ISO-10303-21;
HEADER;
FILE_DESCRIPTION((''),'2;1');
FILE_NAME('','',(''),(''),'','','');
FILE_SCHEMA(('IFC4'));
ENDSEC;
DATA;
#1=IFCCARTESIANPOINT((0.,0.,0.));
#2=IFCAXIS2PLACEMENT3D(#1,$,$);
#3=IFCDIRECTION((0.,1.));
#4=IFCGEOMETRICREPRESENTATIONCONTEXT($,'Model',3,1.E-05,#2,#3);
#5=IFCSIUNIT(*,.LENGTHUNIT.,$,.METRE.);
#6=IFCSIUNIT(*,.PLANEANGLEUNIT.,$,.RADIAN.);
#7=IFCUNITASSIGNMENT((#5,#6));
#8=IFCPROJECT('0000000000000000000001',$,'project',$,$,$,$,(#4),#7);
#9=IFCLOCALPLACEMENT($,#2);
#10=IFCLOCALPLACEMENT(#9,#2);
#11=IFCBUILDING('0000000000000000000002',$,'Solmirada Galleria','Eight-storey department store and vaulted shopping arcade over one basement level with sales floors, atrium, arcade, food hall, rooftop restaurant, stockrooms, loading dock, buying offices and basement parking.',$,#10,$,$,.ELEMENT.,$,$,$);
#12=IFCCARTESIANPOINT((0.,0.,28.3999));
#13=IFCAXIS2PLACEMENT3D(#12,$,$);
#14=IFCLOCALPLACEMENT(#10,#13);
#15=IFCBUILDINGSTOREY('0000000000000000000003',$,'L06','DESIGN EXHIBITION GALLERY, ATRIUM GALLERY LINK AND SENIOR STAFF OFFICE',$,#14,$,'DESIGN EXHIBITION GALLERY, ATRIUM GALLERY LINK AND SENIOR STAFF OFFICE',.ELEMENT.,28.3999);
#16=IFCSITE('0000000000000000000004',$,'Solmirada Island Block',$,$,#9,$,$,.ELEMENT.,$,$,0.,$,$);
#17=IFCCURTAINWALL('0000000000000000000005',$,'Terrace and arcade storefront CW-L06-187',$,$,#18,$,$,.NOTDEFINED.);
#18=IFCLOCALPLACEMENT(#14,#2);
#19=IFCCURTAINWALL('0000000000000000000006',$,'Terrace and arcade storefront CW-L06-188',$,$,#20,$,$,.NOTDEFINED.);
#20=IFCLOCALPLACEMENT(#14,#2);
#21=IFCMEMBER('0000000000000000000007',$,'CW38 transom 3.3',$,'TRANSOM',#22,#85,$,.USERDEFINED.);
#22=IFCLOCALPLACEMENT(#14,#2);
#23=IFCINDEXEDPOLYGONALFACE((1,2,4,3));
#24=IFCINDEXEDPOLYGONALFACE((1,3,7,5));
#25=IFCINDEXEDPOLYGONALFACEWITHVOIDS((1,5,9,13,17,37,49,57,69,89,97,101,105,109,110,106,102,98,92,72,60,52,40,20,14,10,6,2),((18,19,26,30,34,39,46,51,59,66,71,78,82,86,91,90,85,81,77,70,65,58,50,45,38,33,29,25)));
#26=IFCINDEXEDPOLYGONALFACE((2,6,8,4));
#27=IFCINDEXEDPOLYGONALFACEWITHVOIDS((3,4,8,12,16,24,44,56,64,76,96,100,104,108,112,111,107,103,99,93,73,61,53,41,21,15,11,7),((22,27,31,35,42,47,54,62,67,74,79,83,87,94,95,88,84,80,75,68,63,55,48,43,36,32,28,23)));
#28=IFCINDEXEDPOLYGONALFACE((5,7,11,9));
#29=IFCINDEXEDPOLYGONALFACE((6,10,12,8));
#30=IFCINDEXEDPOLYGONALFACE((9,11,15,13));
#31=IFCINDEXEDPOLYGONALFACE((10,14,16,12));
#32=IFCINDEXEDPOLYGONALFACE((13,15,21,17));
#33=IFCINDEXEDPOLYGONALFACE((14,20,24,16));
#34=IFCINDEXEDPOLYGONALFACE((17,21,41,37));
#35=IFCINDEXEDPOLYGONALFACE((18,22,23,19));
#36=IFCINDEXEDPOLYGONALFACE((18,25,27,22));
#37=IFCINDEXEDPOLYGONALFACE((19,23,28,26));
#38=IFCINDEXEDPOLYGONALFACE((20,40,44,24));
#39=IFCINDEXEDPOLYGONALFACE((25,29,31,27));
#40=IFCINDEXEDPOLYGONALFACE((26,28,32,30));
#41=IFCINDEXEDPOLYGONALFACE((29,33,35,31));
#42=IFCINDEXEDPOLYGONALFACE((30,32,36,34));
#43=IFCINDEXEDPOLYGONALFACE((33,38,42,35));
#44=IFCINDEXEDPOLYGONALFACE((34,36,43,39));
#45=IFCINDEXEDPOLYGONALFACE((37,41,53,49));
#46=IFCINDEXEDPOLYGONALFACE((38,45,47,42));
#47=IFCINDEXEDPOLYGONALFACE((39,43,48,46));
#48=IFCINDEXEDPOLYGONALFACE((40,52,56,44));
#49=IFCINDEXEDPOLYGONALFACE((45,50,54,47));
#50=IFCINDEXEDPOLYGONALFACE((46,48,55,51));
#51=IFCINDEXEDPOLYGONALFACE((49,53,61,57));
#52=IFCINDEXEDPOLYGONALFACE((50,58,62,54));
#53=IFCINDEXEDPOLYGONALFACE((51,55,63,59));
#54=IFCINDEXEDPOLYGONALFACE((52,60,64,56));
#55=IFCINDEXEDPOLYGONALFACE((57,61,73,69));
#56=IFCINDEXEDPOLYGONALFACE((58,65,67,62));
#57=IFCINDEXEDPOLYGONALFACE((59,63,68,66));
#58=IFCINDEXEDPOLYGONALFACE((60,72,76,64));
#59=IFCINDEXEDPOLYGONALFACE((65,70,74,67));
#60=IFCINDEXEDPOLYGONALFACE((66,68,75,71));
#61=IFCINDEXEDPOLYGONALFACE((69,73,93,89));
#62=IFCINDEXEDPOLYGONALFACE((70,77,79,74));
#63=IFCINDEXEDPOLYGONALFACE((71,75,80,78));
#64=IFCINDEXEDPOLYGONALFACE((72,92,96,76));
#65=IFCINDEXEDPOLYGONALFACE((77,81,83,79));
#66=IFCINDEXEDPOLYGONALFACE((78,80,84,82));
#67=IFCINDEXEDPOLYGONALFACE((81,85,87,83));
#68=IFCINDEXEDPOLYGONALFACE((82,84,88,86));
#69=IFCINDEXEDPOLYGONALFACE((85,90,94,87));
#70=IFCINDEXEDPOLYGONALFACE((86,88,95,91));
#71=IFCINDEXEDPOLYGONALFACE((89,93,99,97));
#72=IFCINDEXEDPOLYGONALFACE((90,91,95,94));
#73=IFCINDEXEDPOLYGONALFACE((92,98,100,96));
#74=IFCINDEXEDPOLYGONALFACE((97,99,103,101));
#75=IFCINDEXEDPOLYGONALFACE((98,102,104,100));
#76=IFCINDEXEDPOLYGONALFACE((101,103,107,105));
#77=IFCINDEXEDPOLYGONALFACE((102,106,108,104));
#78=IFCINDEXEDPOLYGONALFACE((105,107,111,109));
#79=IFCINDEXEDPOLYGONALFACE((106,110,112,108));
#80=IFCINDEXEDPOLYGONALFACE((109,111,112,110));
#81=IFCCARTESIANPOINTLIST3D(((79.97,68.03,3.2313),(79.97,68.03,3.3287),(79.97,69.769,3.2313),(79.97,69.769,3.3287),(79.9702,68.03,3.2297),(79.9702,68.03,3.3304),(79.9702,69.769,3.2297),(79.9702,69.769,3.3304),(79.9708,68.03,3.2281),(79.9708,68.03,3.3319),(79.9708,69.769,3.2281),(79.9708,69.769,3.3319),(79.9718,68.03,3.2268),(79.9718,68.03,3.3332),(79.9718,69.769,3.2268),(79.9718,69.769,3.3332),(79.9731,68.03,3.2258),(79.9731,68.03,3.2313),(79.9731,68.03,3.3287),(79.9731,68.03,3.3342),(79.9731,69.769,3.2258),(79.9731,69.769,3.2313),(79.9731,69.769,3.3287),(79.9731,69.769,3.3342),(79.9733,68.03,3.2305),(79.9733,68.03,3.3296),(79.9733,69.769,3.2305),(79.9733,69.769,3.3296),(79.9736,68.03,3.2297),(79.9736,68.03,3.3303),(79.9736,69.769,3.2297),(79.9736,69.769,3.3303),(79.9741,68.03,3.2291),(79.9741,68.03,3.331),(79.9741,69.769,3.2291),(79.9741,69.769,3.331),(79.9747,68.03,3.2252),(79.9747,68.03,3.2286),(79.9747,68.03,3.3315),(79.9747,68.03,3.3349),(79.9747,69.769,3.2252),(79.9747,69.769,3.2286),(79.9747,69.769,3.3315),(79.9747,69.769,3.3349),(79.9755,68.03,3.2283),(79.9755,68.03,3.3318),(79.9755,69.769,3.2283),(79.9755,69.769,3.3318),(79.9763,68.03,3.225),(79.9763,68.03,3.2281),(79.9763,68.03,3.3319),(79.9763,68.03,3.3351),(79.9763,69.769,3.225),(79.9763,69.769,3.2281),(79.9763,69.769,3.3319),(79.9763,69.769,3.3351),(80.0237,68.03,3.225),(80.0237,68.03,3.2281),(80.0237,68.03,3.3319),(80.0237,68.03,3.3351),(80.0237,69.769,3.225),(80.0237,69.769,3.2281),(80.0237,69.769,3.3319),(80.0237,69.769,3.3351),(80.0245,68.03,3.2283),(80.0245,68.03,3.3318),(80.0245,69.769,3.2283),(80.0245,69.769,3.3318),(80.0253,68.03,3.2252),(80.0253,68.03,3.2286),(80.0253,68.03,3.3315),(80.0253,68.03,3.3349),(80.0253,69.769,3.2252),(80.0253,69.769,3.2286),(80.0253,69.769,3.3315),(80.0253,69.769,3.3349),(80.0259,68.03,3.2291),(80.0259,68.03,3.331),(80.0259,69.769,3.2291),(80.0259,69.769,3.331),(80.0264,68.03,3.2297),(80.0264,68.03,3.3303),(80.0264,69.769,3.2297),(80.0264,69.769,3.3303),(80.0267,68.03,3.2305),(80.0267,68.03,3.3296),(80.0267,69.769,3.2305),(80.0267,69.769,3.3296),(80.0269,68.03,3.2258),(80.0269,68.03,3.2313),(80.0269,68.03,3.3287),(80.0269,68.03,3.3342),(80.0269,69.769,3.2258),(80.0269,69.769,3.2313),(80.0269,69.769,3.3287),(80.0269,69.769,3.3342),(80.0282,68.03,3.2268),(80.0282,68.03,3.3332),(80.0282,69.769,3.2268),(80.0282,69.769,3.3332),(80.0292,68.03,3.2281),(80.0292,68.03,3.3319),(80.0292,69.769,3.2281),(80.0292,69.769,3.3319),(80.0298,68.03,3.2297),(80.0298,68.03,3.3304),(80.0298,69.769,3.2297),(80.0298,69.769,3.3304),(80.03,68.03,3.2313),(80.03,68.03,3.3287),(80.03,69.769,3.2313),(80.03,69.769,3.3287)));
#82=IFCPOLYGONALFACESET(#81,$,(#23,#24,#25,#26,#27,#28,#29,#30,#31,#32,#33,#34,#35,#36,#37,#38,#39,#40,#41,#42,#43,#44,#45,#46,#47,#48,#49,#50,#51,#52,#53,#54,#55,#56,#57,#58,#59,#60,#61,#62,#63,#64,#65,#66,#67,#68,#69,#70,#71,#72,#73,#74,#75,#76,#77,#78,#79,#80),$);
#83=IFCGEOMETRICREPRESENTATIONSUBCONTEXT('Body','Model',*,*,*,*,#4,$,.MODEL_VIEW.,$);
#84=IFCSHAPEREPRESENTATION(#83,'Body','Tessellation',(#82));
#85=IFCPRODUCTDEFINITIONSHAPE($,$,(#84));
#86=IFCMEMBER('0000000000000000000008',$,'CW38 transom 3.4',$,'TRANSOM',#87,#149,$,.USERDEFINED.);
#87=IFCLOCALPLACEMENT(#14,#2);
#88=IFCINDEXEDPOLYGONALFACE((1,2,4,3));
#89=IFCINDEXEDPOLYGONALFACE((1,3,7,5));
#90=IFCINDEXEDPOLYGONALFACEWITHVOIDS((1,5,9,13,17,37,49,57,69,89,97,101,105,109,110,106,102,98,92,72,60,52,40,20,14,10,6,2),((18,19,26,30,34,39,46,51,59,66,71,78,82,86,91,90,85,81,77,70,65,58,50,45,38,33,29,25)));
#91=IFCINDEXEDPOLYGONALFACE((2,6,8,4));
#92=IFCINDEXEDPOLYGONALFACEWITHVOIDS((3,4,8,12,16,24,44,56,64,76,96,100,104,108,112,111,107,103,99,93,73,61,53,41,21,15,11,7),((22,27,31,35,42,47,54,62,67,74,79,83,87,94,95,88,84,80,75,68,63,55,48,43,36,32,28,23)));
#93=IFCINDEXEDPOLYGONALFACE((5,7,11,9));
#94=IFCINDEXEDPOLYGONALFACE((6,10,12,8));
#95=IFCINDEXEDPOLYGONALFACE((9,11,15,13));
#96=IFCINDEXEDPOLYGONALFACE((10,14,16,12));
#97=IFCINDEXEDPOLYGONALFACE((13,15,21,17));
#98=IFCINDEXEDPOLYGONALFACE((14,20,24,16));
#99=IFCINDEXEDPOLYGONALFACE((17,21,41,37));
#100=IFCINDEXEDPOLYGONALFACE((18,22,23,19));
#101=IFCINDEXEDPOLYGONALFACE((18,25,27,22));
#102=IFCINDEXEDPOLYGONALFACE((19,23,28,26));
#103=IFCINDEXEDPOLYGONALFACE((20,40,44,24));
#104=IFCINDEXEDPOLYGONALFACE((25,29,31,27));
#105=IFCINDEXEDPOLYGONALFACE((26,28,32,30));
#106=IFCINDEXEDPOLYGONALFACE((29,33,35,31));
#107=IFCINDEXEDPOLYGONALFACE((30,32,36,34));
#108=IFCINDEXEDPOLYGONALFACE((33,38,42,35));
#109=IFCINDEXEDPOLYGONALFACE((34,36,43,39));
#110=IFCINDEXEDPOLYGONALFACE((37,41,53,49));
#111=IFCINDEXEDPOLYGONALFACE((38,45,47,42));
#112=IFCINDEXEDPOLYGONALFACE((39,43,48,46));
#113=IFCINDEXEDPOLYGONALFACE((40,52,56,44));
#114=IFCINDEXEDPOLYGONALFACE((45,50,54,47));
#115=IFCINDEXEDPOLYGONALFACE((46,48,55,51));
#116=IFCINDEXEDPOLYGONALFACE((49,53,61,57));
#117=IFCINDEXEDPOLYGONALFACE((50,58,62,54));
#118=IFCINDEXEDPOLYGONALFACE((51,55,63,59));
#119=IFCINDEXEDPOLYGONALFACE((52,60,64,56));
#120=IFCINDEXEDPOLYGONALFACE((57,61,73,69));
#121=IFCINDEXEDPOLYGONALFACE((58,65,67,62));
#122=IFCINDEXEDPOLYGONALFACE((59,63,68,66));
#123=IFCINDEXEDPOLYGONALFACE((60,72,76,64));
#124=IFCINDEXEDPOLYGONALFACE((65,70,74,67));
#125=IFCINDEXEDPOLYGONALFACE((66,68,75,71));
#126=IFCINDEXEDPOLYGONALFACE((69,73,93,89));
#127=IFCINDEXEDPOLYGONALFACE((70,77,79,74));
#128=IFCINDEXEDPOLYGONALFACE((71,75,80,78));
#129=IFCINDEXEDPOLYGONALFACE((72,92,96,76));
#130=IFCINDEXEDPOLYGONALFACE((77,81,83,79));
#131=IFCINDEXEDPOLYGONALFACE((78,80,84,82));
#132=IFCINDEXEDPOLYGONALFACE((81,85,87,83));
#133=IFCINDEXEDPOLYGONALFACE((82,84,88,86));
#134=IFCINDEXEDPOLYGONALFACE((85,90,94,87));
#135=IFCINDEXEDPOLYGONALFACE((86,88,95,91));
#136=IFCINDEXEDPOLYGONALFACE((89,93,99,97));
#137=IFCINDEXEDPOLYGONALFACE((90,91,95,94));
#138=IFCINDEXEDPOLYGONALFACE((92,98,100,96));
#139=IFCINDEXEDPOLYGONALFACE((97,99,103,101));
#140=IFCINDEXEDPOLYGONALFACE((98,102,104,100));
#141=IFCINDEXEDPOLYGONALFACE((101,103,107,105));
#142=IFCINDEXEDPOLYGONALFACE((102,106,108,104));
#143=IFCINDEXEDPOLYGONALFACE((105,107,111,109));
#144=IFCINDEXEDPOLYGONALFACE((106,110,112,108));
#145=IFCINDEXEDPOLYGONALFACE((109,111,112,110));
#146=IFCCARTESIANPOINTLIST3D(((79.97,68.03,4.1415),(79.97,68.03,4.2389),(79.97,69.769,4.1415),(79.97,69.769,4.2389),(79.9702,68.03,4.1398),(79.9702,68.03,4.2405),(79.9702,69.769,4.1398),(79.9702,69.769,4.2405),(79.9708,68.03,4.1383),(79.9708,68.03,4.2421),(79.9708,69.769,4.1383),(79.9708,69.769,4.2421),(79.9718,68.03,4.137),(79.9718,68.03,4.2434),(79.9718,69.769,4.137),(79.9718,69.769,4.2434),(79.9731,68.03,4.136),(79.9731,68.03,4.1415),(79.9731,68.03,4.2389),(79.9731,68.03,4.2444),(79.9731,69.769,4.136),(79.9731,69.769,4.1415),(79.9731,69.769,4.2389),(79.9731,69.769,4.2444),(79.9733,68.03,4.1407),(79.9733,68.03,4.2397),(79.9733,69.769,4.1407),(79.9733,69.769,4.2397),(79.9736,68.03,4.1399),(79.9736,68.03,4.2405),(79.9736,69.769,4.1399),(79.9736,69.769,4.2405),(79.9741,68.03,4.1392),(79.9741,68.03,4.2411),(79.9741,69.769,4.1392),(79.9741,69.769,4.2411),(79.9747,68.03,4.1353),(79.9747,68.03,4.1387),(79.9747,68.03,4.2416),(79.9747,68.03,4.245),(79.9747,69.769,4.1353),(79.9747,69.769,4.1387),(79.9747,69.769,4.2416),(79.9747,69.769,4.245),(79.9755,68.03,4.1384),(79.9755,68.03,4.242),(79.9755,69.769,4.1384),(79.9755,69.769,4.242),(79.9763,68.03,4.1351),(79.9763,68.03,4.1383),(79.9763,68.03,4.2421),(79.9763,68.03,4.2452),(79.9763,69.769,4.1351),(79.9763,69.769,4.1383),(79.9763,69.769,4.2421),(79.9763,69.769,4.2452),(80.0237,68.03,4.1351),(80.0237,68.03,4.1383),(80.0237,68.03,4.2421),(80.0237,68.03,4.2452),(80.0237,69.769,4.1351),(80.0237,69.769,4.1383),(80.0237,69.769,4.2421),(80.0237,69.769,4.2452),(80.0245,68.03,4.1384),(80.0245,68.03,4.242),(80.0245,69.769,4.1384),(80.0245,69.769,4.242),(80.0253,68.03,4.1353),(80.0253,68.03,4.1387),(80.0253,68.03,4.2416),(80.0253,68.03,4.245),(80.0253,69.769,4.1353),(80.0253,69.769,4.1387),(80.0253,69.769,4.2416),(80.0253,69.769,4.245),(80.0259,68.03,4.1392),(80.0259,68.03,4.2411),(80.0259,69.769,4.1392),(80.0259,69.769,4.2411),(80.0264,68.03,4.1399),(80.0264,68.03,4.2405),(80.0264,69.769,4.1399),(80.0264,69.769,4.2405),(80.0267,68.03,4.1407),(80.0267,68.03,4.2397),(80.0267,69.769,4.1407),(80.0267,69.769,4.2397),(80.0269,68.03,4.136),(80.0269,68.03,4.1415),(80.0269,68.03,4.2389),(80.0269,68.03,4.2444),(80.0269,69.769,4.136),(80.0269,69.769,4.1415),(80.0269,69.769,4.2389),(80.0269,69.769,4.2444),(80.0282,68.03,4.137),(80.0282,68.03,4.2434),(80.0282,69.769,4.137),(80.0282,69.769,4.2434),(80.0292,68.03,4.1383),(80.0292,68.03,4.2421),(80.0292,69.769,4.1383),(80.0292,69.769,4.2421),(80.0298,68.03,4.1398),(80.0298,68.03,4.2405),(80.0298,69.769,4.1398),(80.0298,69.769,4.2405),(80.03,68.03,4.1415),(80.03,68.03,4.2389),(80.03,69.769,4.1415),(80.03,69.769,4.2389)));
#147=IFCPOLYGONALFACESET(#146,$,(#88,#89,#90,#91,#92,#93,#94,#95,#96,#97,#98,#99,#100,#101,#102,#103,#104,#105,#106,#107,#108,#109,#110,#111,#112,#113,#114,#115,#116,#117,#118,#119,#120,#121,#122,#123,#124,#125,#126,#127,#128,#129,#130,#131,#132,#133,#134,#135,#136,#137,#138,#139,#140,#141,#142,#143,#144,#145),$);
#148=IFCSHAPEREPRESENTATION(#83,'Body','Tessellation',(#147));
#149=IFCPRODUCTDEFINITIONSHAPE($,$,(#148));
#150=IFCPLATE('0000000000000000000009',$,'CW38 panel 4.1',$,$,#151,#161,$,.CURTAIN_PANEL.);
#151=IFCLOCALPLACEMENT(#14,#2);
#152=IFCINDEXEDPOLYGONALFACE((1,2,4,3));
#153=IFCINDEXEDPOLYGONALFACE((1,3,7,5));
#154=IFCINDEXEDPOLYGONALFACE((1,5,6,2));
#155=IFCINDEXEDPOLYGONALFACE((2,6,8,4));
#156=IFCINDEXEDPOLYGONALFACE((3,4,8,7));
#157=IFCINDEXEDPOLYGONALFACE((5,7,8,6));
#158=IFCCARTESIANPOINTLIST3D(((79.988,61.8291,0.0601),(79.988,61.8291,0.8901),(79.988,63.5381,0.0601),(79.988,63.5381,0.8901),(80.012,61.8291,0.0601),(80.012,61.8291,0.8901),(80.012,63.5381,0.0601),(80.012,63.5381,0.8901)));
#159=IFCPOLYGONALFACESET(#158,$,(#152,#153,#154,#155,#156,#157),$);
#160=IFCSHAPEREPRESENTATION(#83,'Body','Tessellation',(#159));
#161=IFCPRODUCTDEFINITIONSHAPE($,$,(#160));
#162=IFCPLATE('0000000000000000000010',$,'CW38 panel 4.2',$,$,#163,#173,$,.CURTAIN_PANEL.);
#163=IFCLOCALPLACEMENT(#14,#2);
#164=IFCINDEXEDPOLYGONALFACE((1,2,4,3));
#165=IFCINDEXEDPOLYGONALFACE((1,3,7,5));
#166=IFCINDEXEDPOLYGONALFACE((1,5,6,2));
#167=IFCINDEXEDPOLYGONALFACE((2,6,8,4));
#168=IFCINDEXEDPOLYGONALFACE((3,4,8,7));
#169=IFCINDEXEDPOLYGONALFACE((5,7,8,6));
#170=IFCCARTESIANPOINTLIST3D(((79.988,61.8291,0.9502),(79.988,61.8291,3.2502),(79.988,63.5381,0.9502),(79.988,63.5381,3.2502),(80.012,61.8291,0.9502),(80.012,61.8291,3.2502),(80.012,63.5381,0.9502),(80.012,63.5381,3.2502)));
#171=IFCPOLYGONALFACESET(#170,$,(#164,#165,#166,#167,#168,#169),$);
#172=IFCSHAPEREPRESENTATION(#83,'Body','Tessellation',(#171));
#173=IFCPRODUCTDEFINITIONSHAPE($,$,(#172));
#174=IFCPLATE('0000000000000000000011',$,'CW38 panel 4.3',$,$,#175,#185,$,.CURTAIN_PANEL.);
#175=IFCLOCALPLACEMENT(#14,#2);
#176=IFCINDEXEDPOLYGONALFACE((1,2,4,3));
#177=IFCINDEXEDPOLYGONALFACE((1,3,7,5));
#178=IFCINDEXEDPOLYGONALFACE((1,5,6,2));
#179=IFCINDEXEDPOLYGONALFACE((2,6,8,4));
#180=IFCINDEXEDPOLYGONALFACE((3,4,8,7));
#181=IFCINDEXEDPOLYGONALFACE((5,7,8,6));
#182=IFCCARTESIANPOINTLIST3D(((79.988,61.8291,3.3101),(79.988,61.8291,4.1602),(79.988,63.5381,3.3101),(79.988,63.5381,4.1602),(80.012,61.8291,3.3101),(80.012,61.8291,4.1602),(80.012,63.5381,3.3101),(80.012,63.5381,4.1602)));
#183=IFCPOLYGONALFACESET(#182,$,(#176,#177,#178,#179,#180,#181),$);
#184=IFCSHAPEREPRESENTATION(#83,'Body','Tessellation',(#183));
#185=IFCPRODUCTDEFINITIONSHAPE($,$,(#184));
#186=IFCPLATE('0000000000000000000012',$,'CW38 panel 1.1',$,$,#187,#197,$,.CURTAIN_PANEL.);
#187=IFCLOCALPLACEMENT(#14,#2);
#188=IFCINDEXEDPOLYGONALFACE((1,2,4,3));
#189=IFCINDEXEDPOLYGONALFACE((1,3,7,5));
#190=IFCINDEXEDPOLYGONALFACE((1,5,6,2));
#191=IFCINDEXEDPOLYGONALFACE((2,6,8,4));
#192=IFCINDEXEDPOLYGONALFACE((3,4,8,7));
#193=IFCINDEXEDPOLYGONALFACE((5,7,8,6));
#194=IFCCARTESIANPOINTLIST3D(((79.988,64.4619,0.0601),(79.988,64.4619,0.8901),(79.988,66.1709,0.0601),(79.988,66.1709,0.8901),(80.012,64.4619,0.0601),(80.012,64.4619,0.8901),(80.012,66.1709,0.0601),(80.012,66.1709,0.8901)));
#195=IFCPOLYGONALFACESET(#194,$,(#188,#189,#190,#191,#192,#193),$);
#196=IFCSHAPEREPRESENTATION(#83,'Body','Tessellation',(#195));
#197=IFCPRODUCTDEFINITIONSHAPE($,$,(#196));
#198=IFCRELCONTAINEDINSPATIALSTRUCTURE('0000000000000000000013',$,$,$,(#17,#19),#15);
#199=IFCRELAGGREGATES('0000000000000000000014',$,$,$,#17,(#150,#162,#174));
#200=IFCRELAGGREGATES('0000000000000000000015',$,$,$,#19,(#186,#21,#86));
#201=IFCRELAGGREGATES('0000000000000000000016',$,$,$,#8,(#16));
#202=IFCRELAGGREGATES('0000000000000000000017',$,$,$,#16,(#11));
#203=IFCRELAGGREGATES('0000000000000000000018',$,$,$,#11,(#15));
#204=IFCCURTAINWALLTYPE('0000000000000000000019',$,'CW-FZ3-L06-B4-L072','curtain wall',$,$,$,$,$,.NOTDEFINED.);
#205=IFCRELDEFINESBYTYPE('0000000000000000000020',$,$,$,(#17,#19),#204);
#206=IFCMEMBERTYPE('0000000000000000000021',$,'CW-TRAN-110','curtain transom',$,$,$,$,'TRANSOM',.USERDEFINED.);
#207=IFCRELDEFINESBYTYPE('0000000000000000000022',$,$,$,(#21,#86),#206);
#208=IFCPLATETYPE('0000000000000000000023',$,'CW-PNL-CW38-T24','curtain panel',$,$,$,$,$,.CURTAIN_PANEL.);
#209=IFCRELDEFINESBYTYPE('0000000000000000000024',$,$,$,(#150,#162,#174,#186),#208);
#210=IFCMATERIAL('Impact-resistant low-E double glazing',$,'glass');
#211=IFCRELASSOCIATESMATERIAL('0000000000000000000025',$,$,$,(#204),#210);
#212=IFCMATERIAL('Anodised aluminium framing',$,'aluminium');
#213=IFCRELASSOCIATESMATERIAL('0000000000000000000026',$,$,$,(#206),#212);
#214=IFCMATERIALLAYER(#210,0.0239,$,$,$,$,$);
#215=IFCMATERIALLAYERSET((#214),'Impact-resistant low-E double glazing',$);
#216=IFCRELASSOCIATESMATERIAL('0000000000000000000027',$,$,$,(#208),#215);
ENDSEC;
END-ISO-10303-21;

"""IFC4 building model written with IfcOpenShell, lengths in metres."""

from ifc_helpers import new_model, si_unit, direction, frame, origin, origin_2d, place, context, subcontext, project, spatial, rectangle, hollow_rectangle, extrude, material, layer, layer_set, material_profile, profile_set, type_object, element, aggregate, save


model = new_model("IFC4")

# Units and contexts
model_context = context("Model", 3, precision=1e-05, world=origin(), true_north=direction((0.0, 1.0)))
body_context = subcontext(model_context, "Body", "Model", "MODEL_VIEW")
ifc_project = project(units=[si_unit("LENGTHUNIT", "METRE"), si_unit("PLANEANGLEUNIT", "RADIAN")], contexts=[model_context])

# Site, building, storey
site_placement = place(None, origin())
site = spatial("IfcSite", under=ifc_project, at=site_placement, Name="Solmirada Island Block", CompositionType="ELEMENT", RefElevation=0.0)
building_placement = place(site_placement, origin())
building = spatial("IfcBuilding", under=site, at=building_placement, Name="Solmirada Galleria", Description="Eight-storey department store and vaulted shopping arcade over one basement level with sales floors, atrium, arcade, food hall, rooftop restaurant, stockrooms, loading dock, buying offices and basement parking.", CompositionType="ELEMENT")
storey_placement = place(building_placement, frame((0.0, 0.0, 28.3999)))
storey = spatial("IfcBuildingStorey", under=building, at=storey_placement, Name="L06", Description="DESIGN EXHIBITION GALLERY, ATRIUM GALLERY LINK AND SENIOR STAFF OFFICE", LongName="DESIGN EXHIBITION GALLERY, ATRIUM GALLERY LINK AND SENIOR STAFF OFFICE", CompositionType="ELEMENT", Elevation=28.3999)

# Curtain wall
ifc_material_1 = material(Name="Impact-resistant low-E double glazing", Category="glass")
curtain_wall_type = type_object("IfcCurtainWallType", Name="CW-FZ3-L06-B4-L072", Description="curtain wall", PredefinedType="NOTDEFINED", material=ifc_material_1)
curtain_wall_1_placement = place(storey_placement, origin())
curtain_wall_1 = element("IfcCurtainWall", 1, at=curtain_wall_1_placement, inside=storey, type_object=curtain_wall_type, Name="Terrace and arcade storefront CW-L06-187", PredefinedType="NOTDEFINED")
ifc_material_2 = material(Name="Anodised aluminium framing", Category="aluminium")

# Curtain wall
curtain_wall_2_placement = place(storey_placement, origin())
curtain_wall_2 = element("IfcCurtainWall", 2, at=curtain_wall_2_placement, inside=storey, type_object=curtain_wall_type, Name="Terrace and arcade storefront CW-L06-188", PredefinedType="NOTDEFINED")

# Members
ifc_material_profile_1 = material_profile(ifc_material_2, hollow_rectangle(XDim=0.0601, YDim=0.1101, WallThickness=0.0032, InnerFilletRadius=0.0032, OuterFilletRadius=0.0063, at=origin_2d()), Name="ALU-TRAN-110X60")
ifc_profile_set_1 = profile_set([ifc_material_profile_1], Name="Anodised aluminium framing")
member_type_1 = type_object("IfcMemberType", Name="CW-TRAN-110", Description="curtain transom", ElementType="TRANSOM", PredefinedType="USERDEFINED", material=ifc_profile_set_1)
member_1_placement = place(storey_placement, frame((80.0, 68.03, 3.28), z_axis=(0.0, 1.0, 0.0), x_axis=(-1.0, 0.0, 0.0)))
member_1 = element("IfcMember", 3, at=member_1_placement, type_object=member_type_1, Name="CW38 transom 3.3", ObjectType="TRANSOM", PredefinedType="USERDEFINED", context=body_context, shape_type="SweptSolid", body=[
    extrude(hollow_rectangle(XDim=0.0601, YDim=0.1101, WallThickness=0.0032, InnerFilletRadius=0.0032, OuterFilletRadius=0.0063, at=origin_2d()), origin(), (0.0, 0.0, 1.0), 1.739),
])
member_2_placement = place(storey_placement, frame((80.0, 68.03, 4.1902), z_axis=(0.0, 1.0, 0.0), x_axis=(-1.0, 0.0, 0.0)))
member_2 = element("IfcMember", 4, at=member_2_placement, type_object=member_type_1, Name="CW38 transom 3.4", ObjectType="TRANSOM", PredefinedType="USERDEFINED", context=body_context, shape_type="SweptSolid", body=[
    extrude(hollow_rectangle(XDim=0.0601, YDim=0.1101, WallThickness=0.0032, InnerFilletRadius=0.0032, OuterFilletRadius=0.0063, at=origin_2d()), origin(), (0.0, 0.0, 1.0), 1.739),
])

# Plates
ifc_layer = layer(ifc_material_1, 0.0239)
ifc_layer_set = layer_set([ifc_layer], Name="Impact-resistant low-E double glazing")
plate_type = type_object("IfcPlateType", Name="CW-PNL-CW38-T24", Description="curtain panel", PredefinedType="CURTAIN_PANEL", material=ifc_layer_set)
plate_1_placement = place(storey_placement, frame((80.0, 62.6836, 0.0601), z_axis=(0.0, 0.0, 1.0), x_axis=(0.0, 1.0, 0.0)))
plate_1 = element("IfcPlate", 5, at=plate_1_placement, type_object=plate_type, Name="CW38 panel 4.1", PredefinedType="CURTAIN_PANEL", context=body_context, shape_type="SweptSolid", body=[
    extrude(rectangle(XDim=1.709, YDim=0.0239, at=origin_2d()), origin(), (0.0, 0.0, 1.0), 0.8301),
])
plate_2_placement = place(storey_placement, frame((80.0, 62.6836, 0.9502), z_axis=(0.0, 0.0, 1.0), x_axis=(0.0, 1.0, 0.0)))
plate_2 = element("IfcPlate", 6, at=plate_2_placement, type_object=plate_type, Name="CW38 panel 4.2", PredefinedType="CURTAIN_PANEL", context=body_context, shape_type="SweptSolid", body=[
    extrude(rectangle(XDim=1.709, YDim=0.0239, at=origin_2d()), origin(), (0.0, 0.0, 1.0), 2.3),
])
plate_3_placement = place(storey_placement, frame((80.0, 62.6836, 3.3101), z_axis=(0.0, 0.0, 1.0), x_axis=(0.0, 1.0, 0.0)))
plate_3 = element("IfcPlate", 7, at=plate_3_placement, type_object=plate_type, Name="CW38 panel 4.3", PredefinedType="CURTAIN_PANEL", context=body_context, shape_type="SweptSolid", body=[
    extrude(rectangle(XDim=1.709, YDim=0.0239, at=origin_2d()), origin(), (0.0, 0.0, 1.0), 0.8501),
])
aggregate(curtain_wall_1, [plate_1, plate_2, plate_3])
plate_4_placement = place(storey_placement, frame((80.0, 65.3164, 0.0601), z_axis=(0.0, 0.0, 1.0), x_axis=(0.0, 1.0, 0.0)))
plate_4 = element("IfcPlate", 8, at=plate_4_placement, type_object=plate_type, Name="CW38 panel 1.1", PredefinedType="CURTAIN_PANEL", context=body_context, shape_type="SweptSolid", body=[
    extrude(rectangle(XDim=1.709, YDim=0.0239, at=origin_2d()), origin(), (0.0, 0.0, 1.0), 0.8301),
])
aggregate(curtain_wall_2, [plate_4, member_1, member_2])

save(model, "model.ifc")
